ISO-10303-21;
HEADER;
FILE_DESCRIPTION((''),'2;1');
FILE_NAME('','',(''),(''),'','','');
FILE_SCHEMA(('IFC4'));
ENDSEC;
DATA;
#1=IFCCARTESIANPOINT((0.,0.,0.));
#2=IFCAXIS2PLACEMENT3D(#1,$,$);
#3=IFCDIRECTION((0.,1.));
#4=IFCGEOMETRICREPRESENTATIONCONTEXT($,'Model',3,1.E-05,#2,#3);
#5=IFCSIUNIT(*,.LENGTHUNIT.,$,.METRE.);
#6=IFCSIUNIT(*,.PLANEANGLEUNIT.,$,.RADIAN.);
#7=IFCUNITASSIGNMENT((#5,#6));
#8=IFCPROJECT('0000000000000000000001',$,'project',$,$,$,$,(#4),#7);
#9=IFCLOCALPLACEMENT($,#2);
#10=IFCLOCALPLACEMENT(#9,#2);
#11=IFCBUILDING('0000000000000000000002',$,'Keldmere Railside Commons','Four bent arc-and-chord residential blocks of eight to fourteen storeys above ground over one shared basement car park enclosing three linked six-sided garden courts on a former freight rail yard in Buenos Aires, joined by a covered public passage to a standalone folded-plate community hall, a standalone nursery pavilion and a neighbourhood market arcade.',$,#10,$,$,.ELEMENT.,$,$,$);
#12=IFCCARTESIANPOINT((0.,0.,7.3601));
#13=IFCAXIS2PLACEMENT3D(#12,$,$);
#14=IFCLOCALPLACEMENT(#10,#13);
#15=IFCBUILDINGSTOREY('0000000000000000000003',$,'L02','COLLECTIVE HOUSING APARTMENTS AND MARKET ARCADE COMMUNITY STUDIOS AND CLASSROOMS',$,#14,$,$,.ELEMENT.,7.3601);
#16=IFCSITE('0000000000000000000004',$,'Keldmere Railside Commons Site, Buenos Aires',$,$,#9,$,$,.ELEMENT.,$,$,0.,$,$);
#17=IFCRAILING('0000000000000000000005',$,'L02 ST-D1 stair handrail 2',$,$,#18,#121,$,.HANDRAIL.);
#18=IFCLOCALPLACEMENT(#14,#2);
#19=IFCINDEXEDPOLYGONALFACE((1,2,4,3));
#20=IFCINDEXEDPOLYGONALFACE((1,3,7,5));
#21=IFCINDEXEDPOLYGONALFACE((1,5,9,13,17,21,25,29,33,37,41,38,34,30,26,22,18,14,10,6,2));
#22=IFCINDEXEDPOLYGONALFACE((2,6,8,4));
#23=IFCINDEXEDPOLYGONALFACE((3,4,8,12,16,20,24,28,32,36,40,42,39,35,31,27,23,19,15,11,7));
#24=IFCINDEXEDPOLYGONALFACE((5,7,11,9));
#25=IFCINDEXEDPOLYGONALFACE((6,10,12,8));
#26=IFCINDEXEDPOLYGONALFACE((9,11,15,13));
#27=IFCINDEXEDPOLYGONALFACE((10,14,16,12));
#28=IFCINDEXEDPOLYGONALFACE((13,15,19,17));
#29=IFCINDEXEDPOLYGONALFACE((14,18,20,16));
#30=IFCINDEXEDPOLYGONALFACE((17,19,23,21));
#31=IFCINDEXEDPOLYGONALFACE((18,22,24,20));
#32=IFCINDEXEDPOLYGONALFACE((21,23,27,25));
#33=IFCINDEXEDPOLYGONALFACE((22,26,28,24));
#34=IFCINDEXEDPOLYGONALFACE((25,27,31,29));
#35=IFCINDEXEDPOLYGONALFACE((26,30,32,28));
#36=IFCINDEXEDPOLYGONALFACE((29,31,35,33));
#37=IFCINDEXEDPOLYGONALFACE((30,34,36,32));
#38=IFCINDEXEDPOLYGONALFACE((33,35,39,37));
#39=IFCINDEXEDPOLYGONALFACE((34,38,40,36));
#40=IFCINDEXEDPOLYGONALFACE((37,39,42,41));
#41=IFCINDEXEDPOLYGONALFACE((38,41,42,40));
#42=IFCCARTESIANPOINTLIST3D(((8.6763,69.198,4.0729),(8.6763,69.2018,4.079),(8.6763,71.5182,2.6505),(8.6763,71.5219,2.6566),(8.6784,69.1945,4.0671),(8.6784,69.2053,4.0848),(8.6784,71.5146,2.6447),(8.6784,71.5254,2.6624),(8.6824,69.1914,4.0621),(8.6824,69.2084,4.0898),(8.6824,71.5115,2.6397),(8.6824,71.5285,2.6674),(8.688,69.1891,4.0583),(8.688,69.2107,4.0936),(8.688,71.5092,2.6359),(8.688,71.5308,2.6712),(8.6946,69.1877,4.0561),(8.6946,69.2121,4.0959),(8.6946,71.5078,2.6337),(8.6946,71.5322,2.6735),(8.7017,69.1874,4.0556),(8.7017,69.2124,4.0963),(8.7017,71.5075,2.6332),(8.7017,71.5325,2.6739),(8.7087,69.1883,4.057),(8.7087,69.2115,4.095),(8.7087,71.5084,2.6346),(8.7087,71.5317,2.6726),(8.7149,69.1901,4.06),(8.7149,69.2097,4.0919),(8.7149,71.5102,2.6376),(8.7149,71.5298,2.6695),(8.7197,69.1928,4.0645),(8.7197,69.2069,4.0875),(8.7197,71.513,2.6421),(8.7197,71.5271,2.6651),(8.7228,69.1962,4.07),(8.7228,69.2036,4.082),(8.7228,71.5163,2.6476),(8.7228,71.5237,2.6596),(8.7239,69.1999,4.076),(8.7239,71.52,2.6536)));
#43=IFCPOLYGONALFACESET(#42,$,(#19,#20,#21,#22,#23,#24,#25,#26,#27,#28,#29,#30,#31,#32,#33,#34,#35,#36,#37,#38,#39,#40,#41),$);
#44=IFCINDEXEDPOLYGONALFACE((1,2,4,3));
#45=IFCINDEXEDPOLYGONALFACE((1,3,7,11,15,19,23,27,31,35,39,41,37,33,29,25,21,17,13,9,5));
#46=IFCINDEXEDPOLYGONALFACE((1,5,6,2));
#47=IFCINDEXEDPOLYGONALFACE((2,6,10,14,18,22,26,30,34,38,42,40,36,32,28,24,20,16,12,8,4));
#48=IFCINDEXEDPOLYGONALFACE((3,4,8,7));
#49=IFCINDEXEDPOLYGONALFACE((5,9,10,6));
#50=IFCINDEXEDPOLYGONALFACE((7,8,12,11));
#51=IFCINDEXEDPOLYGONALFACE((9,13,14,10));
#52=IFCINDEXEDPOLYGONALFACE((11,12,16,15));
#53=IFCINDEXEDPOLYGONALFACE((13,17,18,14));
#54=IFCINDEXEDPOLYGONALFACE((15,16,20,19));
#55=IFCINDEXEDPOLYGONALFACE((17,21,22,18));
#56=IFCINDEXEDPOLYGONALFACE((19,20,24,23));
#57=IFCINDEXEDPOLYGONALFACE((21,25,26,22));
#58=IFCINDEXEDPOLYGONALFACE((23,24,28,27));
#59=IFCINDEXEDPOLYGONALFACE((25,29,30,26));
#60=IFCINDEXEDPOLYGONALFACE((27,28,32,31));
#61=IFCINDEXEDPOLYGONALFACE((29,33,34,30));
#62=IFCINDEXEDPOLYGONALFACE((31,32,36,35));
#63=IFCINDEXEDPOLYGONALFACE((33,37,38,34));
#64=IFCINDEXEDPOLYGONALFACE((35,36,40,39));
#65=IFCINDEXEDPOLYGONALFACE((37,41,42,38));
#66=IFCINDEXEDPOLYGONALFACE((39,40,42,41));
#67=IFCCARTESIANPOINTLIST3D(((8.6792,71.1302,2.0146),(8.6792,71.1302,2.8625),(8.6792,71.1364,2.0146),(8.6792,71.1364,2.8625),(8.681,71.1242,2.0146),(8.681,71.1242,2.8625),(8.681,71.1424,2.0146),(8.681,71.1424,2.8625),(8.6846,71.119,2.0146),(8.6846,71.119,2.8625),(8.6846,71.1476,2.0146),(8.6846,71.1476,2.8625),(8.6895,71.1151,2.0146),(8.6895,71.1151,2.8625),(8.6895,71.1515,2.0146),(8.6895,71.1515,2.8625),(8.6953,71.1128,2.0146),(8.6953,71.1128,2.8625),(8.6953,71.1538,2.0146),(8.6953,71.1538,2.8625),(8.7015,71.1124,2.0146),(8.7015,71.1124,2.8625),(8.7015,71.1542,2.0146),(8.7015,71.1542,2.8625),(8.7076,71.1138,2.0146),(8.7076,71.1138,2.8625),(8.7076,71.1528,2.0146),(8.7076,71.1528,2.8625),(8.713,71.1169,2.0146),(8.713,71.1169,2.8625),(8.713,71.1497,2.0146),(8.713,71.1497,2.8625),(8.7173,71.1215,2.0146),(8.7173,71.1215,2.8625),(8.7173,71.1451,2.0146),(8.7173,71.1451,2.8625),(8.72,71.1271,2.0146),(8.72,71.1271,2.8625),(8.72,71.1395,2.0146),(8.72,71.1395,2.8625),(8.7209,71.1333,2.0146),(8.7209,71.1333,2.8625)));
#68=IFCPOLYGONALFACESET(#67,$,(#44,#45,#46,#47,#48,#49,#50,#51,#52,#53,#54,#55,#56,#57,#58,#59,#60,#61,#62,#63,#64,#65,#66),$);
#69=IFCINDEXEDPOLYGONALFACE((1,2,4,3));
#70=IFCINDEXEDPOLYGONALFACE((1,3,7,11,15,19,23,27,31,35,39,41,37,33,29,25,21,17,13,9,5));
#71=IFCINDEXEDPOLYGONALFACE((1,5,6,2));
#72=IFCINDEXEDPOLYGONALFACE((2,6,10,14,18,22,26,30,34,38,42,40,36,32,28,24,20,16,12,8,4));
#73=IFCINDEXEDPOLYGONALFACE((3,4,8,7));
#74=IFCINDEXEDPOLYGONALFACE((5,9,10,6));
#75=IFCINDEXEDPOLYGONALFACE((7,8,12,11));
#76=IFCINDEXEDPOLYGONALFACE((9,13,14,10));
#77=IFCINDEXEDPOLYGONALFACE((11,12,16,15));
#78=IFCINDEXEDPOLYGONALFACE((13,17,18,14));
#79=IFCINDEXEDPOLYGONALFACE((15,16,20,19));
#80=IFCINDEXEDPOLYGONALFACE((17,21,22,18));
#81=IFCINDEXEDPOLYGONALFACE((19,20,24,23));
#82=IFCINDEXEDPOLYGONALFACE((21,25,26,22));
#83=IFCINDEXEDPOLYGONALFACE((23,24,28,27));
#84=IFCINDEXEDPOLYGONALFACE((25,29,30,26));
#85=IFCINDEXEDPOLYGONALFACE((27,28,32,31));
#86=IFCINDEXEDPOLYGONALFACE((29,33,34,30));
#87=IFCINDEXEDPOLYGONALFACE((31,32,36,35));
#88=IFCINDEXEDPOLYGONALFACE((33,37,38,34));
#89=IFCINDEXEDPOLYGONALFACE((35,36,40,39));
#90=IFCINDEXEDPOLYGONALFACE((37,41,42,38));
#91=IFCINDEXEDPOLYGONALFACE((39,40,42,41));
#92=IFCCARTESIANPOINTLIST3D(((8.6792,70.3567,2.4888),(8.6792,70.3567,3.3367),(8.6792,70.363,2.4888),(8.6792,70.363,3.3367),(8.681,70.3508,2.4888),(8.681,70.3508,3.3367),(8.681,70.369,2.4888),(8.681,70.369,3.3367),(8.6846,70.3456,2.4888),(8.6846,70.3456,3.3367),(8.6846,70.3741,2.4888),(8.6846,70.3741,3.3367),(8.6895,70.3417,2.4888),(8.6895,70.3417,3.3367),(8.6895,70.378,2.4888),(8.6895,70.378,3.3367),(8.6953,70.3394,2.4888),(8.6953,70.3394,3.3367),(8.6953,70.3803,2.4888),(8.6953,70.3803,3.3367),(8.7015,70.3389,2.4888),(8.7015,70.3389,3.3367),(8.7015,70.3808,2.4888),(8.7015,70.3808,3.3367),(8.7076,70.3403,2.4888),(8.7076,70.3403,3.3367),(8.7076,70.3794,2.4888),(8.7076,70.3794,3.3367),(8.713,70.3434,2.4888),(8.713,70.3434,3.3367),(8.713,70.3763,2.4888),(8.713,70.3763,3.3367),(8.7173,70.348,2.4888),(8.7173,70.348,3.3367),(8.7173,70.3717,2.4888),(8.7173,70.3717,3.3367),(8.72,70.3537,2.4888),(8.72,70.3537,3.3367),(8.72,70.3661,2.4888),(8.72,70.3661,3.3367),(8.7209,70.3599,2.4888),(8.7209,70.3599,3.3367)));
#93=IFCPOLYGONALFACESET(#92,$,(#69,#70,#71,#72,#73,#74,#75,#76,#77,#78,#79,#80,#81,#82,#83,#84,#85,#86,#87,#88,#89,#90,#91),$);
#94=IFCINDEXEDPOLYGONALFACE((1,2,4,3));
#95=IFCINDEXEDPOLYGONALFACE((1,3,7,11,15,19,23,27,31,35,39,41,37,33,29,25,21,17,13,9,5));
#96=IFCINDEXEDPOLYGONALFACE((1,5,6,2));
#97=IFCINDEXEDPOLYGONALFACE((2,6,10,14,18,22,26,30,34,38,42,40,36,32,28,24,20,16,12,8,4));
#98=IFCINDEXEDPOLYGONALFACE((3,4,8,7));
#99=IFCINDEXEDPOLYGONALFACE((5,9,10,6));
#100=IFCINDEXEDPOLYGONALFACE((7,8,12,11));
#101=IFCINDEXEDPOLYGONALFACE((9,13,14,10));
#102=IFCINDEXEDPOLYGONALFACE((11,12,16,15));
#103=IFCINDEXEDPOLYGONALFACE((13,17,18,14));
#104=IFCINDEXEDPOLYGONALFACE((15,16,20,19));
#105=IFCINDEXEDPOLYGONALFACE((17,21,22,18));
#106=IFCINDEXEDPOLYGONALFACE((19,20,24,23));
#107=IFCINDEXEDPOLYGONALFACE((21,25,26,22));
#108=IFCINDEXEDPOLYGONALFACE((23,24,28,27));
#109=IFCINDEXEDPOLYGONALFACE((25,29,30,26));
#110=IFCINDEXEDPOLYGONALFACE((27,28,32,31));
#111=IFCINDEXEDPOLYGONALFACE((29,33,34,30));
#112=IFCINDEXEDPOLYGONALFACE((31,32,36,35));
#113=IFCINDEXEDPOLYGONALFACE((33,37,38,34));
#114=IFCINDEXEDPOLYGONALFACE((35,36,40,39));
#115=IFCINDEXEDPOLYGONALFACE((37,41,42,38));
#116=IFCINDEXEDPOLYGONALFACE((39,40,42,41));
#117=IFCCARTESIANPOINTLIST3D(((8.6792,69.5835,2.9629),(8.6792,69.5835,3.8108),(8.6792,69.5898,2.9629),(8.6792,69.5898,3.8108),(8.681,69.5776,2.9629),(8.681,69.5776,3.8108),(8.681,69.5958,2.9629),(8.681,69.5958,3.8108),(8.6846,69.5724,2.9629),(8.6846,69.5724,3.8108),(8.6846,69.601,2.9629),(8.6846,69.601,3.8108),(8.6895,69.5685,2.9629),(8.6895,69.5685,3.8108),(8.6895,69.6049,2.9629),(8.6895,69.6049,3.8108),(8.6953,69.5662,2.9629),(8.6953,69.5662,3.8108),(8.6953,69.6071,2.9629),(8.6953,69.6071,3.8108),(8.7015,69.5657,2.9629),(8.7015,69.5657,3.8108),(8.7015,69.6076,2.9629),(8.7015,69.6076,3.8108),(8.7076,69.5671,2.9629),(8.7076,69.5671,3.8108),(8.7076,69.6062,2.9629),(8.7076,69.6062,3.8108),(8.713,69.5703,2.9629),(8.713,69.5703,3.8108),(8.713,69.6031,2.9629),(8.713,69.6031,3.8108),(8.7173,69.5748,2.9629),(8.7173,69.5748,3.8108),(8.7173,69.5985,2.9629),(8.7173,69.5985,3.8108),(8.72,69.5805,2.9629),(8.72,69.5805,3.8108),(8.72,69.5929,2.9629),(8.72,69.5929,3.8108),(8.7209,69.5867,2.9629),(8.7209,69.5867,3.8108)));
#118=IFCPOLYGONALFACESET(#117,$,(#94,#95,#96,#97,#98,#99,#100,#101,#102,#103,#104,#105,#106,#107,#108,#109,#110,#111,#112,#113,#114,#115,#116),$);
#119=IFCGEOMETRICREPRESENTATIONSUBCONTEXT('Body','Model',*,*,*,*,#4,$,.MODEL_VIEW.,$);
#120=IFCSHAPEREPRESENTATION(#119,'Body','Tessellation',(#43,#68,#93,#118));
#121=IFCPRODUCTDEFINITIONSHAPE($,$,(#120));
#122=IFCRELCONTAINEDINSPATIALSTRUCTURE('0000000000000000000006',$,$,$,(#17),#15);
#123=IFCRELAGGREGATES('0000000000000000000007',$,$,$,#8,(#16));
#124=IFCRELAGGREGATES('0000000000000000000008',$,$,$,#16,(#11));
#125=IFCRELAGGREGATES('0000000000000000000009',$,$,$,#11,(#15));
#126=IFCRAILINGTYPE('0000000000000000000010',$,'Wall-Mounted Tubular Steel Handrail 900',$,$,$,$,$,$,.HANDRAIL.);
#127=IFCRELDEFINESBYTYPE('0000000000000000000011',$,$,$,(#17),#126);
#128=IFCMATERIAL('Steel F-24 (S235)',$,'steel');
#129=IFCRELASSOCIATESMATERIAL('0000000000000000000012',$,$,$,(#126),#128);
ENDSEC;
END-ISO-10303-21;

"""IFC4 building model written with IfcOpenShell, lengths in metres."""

from ifc_helpers import new_model, si_unit, direction, frame, origin, origin_2d, place, context, subcontext, project, spatial, circle, extrude, material, type_object, element, save


model = new_model("IFC4")

# Units and contexts
model_context = context("Model", 3, precision=1e-05, world=origin(), true_north=direction((0.0, 1.0)))
body_context = subcontext(model_context, "Body", "Model", "MODEL_VIEW")
ifc_project = project(units=[si_unit("LENGTHUNIT", "METRE"), si_unit("PLANEANGLEUNIT", "RADIAN")], contexts=[model_context])

# Site, building, storey
site_placement = place(None, origin())
site = spatial("IfcSite", under=ifc_project, at=site_placement, Name="Keldmere Railside Commons Site, Buenos Aires", CompositionType="ELEMENT", RefElevation=0.0)
building_placement = place(site_placement, origin())
building = spatial("IfcBuilding", under=site, at=building_placement, Name="Keldmere Railside Commons", Description="Four bent arc-and-chord residential blocks of eight to fourteen storeys above ground over one shared basement car park enclosing three linked six-sided garden courts on a former freight rail yard in Buenos Aires, joined by a covered public passage to a standalone folded-plate community hall, a standalone nursery pavilion and a neighbourhood market arcade.", CompositionType="ELEMENT")
storey_placement = place(building_placement, frame((0.0, 0.0, 7.3601)))
storey = spatial("IfcBuildingStorey", under=building, at=storey_placement, Name="L02", Description="COLLECTIVE HOUSING APARTMENTS AND MARKET ARCADE COMMUNITY STUDIOS AND CLASSROOMS", CompositionType="ELEMENT", Elevation=7.3601)

# Shared definitions
ifc_material_1 = material(Name="Steel F-24 (S235)", Category="steel")

# Railing
railing_type_1 = type_object("IfcRailingType", Name="Wall-Mounted Tubular Steel Handrail 900", PredefinedType="HANDRAIL", material=ifc_material_1)
railing_1_placement = place(storey_placement, frame((8.7, 71.52, 1.7776)))
element("IfcRailing", 1, at=railing_1_placement, inside=storey, type_object=railing_type_1, Name="L02 ST-D1 stair handrail 2", PredefinedType="HANDRAIL", context=body_context, shape_type="SweptSolid", body=[
    extrude(circle(Radius=0.0239, at=origin_2d()), frame((0.0, 0.0, 0.876), z_axis=(0.0, -0.852538, 0.522665), x_axis=(1.0, 0.0, 0.0)), (0.0, 0.0, 1.0), 2.7214),
    extrude(circle(Radius=0.021, at=origin_2d()), frame((0.0, -0.3867, 0.2371)), (0.0, 0.0, 1.0), 0.8479),
    extrude(circle(Radius=0.021, at=origin_2d()), frame((0.0, -1.1602, 0.7112)), (0.0, 0.0, 1.0), 0.8479),
    extrude(circle(Radius=0.021, at=origin_2d()), frame((0.0, -1.9333, 1.1853)), (0.0, 0.0, 1.0), 0.8479),
])

save(model, "model.ifc")
